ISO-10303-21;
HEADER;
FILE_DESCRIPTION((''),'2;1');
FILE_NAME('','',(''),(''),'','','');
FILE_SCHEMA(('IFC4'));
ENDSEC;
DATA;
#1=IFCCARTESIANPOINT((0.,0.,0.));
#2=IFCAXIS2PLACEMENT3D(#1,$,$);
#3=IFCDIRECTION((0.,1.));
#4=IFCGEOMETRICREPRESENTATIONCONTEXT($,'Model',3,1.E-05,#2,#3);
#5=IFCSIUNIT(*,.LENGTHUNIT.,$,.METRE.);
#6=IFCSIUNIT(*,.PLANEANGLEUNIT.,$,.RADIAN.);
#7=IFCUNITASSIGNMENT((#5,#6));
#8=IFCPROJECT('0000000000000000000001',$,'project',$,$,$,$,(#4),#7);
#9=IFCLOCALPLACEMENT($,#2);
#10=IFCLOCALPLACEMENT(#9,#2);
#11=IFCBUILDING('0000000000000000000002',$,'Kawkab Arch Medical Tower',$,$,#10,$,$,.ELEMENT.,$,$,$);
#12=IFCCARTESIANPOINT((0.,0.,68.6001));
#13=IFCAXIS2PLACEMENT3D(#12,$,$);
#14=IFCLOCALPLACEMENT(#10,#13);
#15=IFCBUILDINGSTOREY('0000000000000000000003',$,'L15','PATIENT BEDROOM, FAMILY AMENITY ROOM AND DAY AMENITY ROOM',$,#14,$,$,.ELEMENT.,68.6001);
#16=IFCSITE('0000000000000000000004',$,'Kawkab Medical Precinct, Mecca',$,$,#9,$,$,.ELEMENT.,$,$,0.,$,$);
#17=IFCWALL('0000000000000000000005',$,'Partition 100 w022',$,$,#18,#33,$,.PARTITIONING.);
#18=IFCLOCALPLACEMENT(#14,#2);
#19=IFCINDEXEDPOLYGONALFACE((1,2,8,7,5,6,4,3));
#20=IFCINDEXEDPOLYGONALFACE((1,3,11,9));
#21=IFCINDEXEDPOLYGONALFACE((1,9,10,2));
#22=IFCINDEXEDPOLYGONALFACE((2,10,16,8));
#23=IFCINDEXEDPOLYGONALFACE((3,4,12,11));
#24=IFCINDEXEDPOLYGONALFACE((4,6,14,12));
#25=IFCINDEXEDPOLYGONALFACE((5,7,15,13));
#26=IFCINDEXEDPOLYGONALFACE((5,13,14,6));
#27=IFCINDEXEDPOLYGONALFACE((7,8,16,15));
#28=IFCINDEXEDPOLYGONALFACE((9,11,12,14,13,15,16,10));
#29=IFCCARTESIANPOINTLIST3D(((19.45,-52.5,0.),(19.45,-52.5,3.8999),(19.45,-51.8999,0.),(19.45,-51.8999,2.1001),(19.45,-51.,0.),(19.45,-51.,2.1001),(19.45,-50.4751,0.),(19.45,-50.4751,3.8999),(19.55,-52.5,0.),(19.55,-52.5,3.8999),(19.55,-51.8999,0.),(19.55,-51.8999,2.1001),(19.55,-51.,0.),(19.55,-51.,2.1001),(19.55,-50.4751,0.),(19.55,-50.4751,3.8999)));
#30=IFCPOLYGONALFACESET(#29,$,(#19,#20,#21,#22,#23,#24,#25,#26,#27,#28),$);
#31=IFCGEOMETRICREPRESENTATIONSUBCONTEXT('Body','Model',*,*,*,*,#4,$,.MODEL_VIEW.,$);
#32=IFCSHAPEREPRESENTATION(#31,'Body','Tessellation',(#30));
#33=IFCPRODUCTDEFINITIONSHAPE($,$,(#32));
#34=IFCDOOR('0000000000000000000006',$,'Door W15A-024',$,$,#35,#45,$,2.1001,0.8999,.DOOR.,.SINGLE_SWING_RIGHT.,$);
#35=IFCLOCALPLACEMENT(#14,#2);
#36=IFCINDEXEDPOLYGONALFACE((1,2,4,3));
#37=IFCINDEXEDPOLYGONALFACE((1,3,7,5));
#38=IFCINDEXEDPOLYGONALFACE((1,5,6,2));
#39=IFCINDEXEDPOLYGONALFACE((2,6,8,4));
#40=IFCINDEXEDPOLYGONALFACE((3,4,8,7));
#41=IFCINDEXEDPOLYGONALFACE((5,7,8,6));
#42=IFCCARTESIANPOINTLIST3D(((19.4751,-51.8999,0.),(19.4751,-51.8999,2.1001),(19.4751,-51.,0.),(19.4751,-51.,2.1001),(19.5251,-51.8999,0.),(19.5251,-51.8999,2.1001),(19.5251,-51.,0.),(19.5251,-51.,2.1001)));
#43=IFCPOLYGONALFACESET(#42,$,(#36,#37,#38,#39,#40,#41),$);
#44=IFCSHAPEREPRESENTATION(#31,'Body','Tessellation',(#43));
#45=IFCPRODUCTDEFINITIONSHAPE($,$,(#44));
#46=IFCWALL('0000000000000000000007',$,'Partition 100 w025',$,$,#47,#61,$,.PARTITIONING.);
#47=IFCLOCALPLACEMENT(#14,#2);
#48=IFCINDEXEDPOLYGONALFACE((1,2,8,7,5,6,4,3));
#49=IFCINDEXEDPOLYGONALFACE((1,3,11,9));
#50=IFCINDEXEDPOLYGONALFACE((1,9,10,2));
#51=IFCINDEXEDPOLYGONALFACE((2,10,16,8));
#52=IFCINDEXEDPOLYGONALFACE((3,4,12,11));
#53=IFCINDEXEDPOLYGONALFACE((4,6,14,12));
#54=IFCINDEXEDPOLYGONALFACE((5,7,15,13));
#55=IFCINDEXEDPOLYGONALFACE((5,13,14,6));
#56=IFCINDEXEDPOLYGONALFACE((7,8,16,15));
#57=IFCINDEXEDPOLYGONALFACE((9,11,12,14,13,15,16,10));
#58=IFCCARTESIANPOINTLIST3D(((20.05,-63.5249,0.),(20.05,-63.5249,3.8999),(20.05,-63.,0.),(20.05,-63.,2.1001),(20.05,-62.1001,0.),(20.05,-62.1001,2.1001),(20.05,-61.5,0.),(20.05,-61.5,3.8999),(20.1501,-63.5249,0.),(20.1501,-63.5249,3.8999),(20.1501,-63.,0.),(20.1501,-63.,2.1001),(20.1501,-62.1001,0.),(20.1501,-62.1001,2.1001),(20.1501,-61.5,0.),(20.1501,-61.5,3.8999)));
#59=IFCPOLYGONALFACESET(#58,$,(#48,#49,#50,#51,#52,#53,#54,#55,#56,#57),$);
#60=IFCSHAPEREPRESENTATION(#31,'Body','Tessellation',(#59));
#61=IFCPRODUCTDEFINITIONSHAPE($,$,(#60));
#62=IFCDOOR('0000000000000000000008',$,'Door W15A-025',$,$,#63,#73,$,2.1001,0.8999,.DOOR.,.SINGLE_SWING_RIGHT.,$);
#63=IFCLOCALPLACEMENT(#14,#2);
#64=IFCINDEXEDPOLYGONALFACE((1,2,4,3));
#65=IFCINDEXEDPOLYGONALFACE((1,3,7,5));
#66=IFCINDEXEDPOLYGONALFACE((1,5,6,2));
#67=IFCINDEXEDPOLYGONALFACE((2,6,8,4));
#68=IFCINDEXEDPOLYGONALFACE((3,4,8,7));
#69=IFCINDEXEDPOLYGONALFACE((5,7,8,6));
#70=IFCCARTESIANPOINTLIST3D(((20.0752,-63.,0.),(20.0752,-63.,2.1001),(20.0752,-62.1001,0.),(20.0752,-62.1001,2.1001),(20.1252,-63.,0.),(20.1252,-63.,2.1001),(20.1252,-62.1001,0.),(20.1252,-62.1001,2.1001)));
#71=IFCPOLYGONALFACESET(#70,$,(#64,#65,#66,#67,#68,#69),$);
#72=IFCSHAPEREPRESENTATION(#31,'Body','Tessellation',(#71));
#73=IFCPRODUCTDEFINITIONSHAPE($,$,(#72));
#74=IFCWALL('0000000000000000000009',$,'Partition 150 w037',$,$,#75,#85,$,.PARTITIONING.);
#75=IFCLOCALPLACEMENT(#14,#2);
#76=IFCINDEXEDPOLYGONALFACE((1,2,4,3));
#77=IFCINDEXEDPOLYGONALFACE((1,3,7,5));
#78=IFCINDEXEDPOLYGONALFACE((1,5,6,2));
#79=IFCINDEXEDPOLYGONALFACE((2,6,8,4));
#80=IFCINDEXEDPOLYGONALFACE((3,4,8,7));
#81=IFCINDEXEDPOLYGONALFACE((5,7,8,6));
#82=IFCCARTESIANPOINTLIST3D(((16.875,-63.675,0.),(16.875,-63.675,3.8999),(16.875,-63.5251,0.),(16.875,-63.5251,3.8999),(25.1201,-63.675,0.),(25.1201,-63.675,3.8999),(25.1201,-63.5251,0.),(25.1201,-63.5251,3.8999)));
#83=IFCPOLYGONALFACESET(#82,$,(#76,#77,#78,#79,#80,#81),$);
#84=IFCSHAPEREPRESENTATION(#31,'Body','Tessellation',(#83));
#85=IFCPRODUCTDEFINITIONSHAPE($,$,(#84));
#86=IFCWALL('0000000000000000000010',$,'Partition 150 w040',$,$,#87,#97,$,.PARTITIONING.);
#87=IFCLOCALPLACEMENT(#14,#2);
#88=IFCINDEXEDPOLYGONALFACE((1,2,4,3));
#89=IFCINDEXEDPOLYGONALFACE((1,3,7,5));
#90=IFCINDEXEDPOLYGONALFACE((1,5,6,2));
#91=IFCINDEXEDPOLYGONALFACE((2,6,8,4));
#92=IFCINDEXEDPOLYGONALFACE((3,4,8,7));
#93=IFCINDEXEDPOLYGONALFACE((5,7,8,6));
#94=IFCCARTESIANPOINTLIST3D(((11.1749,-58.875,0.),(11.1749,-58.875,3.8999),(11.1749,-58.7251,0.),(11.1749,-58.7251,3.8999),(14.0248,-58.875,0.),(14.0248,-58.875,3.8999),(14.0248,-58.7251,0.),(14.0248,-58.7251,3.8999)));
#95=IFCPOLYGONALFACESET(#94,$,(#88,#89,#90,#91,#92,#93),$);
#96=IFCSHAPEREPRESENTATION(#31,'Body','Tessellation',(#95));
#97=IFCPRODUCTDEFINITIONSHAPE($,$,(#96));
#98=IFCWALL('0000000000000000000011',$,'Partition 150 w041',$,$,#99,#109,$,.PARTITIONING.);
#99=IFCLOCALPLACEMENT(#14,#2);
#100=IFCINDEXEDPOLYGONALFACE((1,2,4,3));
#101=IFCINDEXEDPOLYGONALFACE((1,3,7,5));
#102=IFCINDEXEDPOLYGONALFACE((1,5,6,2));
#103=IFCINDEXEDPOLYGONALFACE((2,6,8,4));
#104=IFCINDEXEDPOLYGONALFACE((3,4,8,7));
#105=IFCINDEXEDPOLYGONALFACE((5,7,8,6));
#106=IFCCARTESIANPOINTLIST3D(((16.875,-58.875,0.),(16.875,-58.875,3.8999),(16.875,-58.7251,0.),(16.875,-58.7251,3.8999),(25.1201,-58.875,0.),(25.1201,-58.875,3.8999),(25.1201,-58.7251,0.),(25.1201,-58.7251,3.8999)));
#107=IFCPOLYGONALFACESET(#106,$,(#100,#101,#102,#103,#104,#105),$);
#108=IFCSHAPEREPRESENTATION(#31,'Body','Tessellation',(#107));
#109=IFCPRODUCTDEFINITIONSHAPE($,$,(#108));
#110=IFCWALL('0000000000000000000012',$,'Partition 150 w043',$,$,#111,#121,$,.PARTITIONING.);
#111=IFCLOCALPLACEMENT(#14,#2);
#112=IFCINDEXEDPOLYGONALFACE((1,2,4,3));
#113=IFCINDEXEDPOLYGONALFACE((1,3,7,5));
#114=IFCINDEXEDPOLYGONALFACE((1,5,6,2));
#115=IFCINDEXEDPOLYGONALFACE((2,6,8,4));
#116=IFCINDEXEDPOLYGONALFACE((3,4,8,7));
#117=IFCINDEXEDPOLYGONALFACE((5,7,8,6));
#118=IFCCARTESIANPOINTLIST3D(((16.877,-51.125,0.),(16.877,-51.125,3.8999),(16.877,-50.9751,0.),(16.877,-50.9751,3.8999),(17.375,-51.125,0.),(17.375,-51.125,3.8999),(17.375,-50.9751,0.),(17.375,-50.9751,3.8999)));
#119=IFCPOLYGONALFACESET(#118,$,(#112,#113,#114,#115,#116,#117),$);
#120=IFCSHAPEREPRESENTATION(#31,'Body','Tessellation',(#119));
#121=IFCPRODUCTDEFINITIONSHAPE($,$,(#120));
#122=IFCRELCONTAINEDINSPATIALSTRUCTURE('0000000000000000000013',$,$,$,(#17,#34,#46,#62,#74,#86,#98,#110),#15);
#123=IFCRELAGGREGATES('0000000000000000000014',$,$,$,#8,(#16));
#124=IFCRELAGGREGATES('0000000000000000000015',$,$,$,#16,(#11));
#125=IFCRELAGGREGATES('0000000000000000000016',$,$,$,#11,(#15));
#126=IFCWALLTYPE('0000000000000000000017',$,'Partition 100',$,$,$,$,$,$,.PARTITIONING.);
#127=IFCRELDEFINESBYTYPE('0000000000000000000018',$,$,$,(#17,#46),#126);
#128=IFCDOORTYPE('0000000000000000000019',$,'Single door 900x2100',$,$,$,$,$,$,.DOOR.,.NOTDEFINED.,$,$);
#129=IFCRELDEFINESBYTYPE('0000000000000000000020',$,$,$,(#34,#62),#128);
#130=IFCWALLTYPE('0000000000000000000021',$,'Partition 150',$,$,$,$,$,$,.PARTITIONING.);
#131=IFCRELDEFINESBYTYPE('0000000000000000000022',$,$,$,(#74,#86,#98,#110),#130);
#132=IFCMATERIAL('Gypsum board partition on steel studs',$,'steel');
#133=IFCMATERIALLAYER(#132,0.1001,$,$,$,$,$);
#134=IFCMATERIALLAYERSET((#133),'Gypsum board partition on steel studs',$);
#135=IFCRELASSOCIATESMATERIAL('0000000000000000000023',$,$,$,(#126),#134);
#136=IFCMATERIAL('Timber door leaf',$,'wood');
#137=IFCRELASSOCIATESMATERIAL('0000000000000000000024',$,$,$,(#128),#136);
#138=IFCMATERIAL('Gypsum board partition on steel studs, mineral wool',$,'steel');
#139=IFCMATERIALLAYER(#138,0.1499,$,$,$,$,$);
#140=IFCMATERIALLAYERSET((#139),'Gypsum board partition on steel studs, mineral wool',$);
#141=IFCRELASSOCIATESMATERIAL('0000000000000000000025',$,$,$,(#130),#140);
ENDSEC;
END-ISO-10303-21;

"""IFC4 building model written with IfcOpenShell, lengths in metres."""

from ifc_helpers import new_model, si_unit, direction, frame, frame_2d, origin, place, context, subcontext, project, spatial, rectangle, extrude, material, layer, layer_set, type_object, element, fill, save


model = new_model("IFC4")

# Units and contexts
model_context = context("Model", 3, precision=1e-05, world=origin(), true_north=direction((0.0, 1.0)))
body_context = subcontext(model_context, "Body", "Model", "MODEL_VIEW")
ifc_project = project(units=[si_unit("LENGTHUNIT", "METRE"), si_unit("PLANEANGLEUNIT", "RADIAN")], contexts=[model_context])

# Site, building, storey
site_placement = place(None, origin())
site = spatial("IfcSite", under=ifc_project, at=site_placement, Name="Kawkab Medical Precinct, Mecca", CompositionType="ELEMENT", RefElevation=0.0)
building_placement = place(site_placement, origin())
building = spatial("IfcBuilding", under=site, at=building_placement, Name="Kawkab Arch Medical Tower", CompositionType="ELEMENT")
storey_placement = place(building_placement, frame((0.0, 0.0, 68.6001)))
storey = spatial("IfcBuildingStorey", under=building, at=storey_placement, Name="L15", Description="PATIENT BEDROOM, FAMILY AMENITY ROOM AND DAY AMENITY ROOM", CompositionType="ELEMENT", Elevation=68.6001)

# Shared definitions
ifc_material_1 = material(Name="Gypsum board partition on steel studs", Category="steel")
ifc_layer_1 = layer(ifc_material_1, 0.1001)
ifc_layer_set_1 = layer_set([ifc_layer_1], Name="Gypsum board partition on steel studs")
wall_type_1 = type_object("IfcWallType", Name="Partition 100", PredefinedType="PARTITIONING", material=ifc_layer_set_1)

# Shared definitions
ifc_material_2 = material(Name="Timber door leaf", Category="wood")
door_type_1 = type_object("IfcDoorType", Name="Single door 900x2100", OperationType="NOTDEFINED", PredefinedType="DOOR", material=ifc_material_2)

# Walls, openings, doors
wall_1_placement = place(storey_placement, frame((19.5, -52.5, 0.0), z_axis=(0.0, 0.0, 1.0), x_axis=(0.0, 1.0, 0.0)))
wall_1 = element("IfcWall", 1, at=wall_1_placement, inside=storey, type_object=wall_type_1, Name="Partition 100 w022", PredefinedType="PARTITIONING", context=body_context, shape_type="SweptSolid", body=[
    extrude(rectangle(XDim=2.0249, YDim=0.1001, at=frame_2d((1.0125, 0.0))), origin(), (0.0, 0.0, 1.0), 3.8999),
])
opening_1_placement = place(wall_1_placement, frame((0.6001, 0.0, 0.0)))
opening_1 = element("IfcOpeningElement", 2, at=opening_1_placement, cuts=wall_1, PredefinedType="OPENING", context=body_context, shape_type="SweptSolid", body=[
    extrude(rectangle(XDim=0.8999, YDim=2.1001, at=frame_2d((0.45, 1.05))), frame((0.0, 0.0601, 0.0), z_axis=(0.0, -1.0, 0.0), x_axis=(1.0, 0.0, 0.0)), (0.0, 0.0, 1.0), 0.1201),
])
door_1_placement = place(opening_1_placement, origin())
door_1 = element("IfcDoor", 3, at=door_1_placement, inside=storey, type_object=door_type_1, Name="Door W15A-024", OperationType="SINGLE_SWING_RIGHT", OverallHeight=2.1001, OverallWidth=0.8999, PredefinedType="DOOR", context=body_context, shape_type="SweptSolid", body=[
    extrude(rectangle(XDim=0.8999, YDim=2.1001, at=frame_2d((0.45, 1.05))), frame((0.0, 0.0249, 0.0), z_axis=(0.0, -1.0, 0.0), x_axis=(1.0, 0.0, 0.0)), (0.0, 0.0, 1.0), 0.05),
])
fill(opening_1, door_1)
wall_2_placement = place(storey_placement, frame((20.1001, -63.5249, 0.0), z_axis=(0.0, 0.0, 1.0), x_axis=(0.0, 1.0, 0.0)))
wall_2 = element("IfcWall", 4, at=wall_2_placement, inside=storey, type_object=wall_type_1, Name="Partition 100 w025", PredefinedType="PARTITIONING", context=body_context, shape_type="SweptSolid", body=[
    extrude(rectangle(XDim=2.0249, YDim=0.1001, at=frame_2d((1.0125, 0.0))), origin(), (0.0, 0.0, 1.0), 3.8999),
])
opening_2_placement = place(wall_2_placement, frame((0.5249, 0.0, 0.0)))
opening_2 = element("IfcOpeningElement", 5, at=opening_2_placement, cuts=wall_2, PredefinedType="OPENING", context=body_context, shape_type="SweptSolid", body=[
    extrude(rectangle(XDim=0.8999, YDim=2.1001, at=frame_2d((0.45, 1.05))), frame((0.0, 0.0601, 0.0), z_axis=(0.0, -1.0, 0.0), x_axis=(1.0, 0.0, 0.0)), (0.0, 0.0, 1.0), 0.1201),
])
door_2_placement = place(opening_2_placement, origin())
door_2 = element("IfcDoor", 6, at=door_2_placement, inside=storey, type_object=door_type_1, Name="Door W15A-025", OperationType="SINGLE_SWING_RIGHT", OverallHeight=2.1001, OverallWidth=0.8999, PredefinedType="DOOR", context=body_context, shape_type="SweptSolid", body=[
    extrude(rectangle(XDim=0.8999, YDim=2.1001, at=frame_2d((0.45, 1.05))), frame((0.0, 0.0249, 0.0), z_axis=(0.0, -1.0, 0.0), x_axis=(1.0, 0.0, 0.0)), (0.0, 0.0, 1.0), 0.05),
])
fill(opening_2, door_2)

# Walls
ifc_material_3 = material(Name="Gypsum board partition on steel studs, mineral wool", Category="steel")
ifc_layer_2 = layer(ifc_material_3, 0.1499)
ifc_layer_set_2 = layer_set([ifc_layer_2], Name="Gypsum board partition on steel studs, mineral wool")
wall_type_2 = type_object("IfcWallType", Name="Partition 150", PredefinedType="PARTITIONING", material=ifc_layer_set_2)
wall_3_placement = place(storey_placement, frame((16.875, -63.6001, 0.0), z_axis=(0.0, 0.0, 1.0), x_axis=(1.0, 0.0, 0.0)))
element("IfcWall", 7, at=wall_3_placement, inside=storey, type_object=wall_type_2, Name="Partition 150 w037", PredefinedType="PARTITIONING", context=body_context, shape_type="SweptSolid", body=[
    extrude(rectangle(XDim=8.2451, YDim=0.1499, at=frame_2d((4.1226, 0.0))), origin(), (0.0, 0.0, 1.0), 3.8999),
])
wall_4_placement = place(storey_placement, frame((11.175, -58.8, 0.0), z_axis=(0.0, 0.0, 1.0), x_axis=(1.0, 0.0, 0.0)))
element("IfcWall", 8, at=wall_4_placement, inside=storey, type_object=wall_type_2, Name="Partition 150 w040", PredefinedType="PARTITIONING", context=body_context, shape_type="SweptSolid", body=[
    extrude(rectangle(XDim=2.8499, YDim=0.1499, at=frame_2d((1.4248, 0.0))), origin(), (0.0, 0.0, 1.0), 3.8999),
])
wall_5_placement = place(storey_placement, frame((16.875, -58.8, 0.0), z_axis=(0.0, 0.0, 1.0), x_axis=(1.0, 0.0, 0.0)))
element("IfcWall", 9, at=wall_5_placement, inside=storey, type_object=wall_type_2, Name="Partition 150 w041", PredefinedType="PARTITIONING", context=body_context, shape_type="SweptSolid", body=[
    extrude(rectangle(XDim=8.2451, YDim=0.1499, at=frame_2d((4.1226, 0.0))), origin(), (0.0, 0.0, 1.0), 3.8999),
])
wall_6_placement = place(storey_placement, frame((16.877, -51.05, 0.0), z_axis=(0.0, 0.0, 1.0), x_axis=(1.0, 0.0, 0.0)))
element("IfcWall", 10, at=wall_6_placement, inside=storey, type_object=wall_type_2, Name="Partition 150 w043", PredefinedType="PARTITIONING", context=body_context, shape_type="SweptSolid", body=[
    extrude(rectangle(XDim=0.498, YDim=0.1499, at=frame_2d((0.249, 0.0))), origin(), (0.0, 0.0, 1.0), 3.8999),
])

save(model, "model.ifc")
